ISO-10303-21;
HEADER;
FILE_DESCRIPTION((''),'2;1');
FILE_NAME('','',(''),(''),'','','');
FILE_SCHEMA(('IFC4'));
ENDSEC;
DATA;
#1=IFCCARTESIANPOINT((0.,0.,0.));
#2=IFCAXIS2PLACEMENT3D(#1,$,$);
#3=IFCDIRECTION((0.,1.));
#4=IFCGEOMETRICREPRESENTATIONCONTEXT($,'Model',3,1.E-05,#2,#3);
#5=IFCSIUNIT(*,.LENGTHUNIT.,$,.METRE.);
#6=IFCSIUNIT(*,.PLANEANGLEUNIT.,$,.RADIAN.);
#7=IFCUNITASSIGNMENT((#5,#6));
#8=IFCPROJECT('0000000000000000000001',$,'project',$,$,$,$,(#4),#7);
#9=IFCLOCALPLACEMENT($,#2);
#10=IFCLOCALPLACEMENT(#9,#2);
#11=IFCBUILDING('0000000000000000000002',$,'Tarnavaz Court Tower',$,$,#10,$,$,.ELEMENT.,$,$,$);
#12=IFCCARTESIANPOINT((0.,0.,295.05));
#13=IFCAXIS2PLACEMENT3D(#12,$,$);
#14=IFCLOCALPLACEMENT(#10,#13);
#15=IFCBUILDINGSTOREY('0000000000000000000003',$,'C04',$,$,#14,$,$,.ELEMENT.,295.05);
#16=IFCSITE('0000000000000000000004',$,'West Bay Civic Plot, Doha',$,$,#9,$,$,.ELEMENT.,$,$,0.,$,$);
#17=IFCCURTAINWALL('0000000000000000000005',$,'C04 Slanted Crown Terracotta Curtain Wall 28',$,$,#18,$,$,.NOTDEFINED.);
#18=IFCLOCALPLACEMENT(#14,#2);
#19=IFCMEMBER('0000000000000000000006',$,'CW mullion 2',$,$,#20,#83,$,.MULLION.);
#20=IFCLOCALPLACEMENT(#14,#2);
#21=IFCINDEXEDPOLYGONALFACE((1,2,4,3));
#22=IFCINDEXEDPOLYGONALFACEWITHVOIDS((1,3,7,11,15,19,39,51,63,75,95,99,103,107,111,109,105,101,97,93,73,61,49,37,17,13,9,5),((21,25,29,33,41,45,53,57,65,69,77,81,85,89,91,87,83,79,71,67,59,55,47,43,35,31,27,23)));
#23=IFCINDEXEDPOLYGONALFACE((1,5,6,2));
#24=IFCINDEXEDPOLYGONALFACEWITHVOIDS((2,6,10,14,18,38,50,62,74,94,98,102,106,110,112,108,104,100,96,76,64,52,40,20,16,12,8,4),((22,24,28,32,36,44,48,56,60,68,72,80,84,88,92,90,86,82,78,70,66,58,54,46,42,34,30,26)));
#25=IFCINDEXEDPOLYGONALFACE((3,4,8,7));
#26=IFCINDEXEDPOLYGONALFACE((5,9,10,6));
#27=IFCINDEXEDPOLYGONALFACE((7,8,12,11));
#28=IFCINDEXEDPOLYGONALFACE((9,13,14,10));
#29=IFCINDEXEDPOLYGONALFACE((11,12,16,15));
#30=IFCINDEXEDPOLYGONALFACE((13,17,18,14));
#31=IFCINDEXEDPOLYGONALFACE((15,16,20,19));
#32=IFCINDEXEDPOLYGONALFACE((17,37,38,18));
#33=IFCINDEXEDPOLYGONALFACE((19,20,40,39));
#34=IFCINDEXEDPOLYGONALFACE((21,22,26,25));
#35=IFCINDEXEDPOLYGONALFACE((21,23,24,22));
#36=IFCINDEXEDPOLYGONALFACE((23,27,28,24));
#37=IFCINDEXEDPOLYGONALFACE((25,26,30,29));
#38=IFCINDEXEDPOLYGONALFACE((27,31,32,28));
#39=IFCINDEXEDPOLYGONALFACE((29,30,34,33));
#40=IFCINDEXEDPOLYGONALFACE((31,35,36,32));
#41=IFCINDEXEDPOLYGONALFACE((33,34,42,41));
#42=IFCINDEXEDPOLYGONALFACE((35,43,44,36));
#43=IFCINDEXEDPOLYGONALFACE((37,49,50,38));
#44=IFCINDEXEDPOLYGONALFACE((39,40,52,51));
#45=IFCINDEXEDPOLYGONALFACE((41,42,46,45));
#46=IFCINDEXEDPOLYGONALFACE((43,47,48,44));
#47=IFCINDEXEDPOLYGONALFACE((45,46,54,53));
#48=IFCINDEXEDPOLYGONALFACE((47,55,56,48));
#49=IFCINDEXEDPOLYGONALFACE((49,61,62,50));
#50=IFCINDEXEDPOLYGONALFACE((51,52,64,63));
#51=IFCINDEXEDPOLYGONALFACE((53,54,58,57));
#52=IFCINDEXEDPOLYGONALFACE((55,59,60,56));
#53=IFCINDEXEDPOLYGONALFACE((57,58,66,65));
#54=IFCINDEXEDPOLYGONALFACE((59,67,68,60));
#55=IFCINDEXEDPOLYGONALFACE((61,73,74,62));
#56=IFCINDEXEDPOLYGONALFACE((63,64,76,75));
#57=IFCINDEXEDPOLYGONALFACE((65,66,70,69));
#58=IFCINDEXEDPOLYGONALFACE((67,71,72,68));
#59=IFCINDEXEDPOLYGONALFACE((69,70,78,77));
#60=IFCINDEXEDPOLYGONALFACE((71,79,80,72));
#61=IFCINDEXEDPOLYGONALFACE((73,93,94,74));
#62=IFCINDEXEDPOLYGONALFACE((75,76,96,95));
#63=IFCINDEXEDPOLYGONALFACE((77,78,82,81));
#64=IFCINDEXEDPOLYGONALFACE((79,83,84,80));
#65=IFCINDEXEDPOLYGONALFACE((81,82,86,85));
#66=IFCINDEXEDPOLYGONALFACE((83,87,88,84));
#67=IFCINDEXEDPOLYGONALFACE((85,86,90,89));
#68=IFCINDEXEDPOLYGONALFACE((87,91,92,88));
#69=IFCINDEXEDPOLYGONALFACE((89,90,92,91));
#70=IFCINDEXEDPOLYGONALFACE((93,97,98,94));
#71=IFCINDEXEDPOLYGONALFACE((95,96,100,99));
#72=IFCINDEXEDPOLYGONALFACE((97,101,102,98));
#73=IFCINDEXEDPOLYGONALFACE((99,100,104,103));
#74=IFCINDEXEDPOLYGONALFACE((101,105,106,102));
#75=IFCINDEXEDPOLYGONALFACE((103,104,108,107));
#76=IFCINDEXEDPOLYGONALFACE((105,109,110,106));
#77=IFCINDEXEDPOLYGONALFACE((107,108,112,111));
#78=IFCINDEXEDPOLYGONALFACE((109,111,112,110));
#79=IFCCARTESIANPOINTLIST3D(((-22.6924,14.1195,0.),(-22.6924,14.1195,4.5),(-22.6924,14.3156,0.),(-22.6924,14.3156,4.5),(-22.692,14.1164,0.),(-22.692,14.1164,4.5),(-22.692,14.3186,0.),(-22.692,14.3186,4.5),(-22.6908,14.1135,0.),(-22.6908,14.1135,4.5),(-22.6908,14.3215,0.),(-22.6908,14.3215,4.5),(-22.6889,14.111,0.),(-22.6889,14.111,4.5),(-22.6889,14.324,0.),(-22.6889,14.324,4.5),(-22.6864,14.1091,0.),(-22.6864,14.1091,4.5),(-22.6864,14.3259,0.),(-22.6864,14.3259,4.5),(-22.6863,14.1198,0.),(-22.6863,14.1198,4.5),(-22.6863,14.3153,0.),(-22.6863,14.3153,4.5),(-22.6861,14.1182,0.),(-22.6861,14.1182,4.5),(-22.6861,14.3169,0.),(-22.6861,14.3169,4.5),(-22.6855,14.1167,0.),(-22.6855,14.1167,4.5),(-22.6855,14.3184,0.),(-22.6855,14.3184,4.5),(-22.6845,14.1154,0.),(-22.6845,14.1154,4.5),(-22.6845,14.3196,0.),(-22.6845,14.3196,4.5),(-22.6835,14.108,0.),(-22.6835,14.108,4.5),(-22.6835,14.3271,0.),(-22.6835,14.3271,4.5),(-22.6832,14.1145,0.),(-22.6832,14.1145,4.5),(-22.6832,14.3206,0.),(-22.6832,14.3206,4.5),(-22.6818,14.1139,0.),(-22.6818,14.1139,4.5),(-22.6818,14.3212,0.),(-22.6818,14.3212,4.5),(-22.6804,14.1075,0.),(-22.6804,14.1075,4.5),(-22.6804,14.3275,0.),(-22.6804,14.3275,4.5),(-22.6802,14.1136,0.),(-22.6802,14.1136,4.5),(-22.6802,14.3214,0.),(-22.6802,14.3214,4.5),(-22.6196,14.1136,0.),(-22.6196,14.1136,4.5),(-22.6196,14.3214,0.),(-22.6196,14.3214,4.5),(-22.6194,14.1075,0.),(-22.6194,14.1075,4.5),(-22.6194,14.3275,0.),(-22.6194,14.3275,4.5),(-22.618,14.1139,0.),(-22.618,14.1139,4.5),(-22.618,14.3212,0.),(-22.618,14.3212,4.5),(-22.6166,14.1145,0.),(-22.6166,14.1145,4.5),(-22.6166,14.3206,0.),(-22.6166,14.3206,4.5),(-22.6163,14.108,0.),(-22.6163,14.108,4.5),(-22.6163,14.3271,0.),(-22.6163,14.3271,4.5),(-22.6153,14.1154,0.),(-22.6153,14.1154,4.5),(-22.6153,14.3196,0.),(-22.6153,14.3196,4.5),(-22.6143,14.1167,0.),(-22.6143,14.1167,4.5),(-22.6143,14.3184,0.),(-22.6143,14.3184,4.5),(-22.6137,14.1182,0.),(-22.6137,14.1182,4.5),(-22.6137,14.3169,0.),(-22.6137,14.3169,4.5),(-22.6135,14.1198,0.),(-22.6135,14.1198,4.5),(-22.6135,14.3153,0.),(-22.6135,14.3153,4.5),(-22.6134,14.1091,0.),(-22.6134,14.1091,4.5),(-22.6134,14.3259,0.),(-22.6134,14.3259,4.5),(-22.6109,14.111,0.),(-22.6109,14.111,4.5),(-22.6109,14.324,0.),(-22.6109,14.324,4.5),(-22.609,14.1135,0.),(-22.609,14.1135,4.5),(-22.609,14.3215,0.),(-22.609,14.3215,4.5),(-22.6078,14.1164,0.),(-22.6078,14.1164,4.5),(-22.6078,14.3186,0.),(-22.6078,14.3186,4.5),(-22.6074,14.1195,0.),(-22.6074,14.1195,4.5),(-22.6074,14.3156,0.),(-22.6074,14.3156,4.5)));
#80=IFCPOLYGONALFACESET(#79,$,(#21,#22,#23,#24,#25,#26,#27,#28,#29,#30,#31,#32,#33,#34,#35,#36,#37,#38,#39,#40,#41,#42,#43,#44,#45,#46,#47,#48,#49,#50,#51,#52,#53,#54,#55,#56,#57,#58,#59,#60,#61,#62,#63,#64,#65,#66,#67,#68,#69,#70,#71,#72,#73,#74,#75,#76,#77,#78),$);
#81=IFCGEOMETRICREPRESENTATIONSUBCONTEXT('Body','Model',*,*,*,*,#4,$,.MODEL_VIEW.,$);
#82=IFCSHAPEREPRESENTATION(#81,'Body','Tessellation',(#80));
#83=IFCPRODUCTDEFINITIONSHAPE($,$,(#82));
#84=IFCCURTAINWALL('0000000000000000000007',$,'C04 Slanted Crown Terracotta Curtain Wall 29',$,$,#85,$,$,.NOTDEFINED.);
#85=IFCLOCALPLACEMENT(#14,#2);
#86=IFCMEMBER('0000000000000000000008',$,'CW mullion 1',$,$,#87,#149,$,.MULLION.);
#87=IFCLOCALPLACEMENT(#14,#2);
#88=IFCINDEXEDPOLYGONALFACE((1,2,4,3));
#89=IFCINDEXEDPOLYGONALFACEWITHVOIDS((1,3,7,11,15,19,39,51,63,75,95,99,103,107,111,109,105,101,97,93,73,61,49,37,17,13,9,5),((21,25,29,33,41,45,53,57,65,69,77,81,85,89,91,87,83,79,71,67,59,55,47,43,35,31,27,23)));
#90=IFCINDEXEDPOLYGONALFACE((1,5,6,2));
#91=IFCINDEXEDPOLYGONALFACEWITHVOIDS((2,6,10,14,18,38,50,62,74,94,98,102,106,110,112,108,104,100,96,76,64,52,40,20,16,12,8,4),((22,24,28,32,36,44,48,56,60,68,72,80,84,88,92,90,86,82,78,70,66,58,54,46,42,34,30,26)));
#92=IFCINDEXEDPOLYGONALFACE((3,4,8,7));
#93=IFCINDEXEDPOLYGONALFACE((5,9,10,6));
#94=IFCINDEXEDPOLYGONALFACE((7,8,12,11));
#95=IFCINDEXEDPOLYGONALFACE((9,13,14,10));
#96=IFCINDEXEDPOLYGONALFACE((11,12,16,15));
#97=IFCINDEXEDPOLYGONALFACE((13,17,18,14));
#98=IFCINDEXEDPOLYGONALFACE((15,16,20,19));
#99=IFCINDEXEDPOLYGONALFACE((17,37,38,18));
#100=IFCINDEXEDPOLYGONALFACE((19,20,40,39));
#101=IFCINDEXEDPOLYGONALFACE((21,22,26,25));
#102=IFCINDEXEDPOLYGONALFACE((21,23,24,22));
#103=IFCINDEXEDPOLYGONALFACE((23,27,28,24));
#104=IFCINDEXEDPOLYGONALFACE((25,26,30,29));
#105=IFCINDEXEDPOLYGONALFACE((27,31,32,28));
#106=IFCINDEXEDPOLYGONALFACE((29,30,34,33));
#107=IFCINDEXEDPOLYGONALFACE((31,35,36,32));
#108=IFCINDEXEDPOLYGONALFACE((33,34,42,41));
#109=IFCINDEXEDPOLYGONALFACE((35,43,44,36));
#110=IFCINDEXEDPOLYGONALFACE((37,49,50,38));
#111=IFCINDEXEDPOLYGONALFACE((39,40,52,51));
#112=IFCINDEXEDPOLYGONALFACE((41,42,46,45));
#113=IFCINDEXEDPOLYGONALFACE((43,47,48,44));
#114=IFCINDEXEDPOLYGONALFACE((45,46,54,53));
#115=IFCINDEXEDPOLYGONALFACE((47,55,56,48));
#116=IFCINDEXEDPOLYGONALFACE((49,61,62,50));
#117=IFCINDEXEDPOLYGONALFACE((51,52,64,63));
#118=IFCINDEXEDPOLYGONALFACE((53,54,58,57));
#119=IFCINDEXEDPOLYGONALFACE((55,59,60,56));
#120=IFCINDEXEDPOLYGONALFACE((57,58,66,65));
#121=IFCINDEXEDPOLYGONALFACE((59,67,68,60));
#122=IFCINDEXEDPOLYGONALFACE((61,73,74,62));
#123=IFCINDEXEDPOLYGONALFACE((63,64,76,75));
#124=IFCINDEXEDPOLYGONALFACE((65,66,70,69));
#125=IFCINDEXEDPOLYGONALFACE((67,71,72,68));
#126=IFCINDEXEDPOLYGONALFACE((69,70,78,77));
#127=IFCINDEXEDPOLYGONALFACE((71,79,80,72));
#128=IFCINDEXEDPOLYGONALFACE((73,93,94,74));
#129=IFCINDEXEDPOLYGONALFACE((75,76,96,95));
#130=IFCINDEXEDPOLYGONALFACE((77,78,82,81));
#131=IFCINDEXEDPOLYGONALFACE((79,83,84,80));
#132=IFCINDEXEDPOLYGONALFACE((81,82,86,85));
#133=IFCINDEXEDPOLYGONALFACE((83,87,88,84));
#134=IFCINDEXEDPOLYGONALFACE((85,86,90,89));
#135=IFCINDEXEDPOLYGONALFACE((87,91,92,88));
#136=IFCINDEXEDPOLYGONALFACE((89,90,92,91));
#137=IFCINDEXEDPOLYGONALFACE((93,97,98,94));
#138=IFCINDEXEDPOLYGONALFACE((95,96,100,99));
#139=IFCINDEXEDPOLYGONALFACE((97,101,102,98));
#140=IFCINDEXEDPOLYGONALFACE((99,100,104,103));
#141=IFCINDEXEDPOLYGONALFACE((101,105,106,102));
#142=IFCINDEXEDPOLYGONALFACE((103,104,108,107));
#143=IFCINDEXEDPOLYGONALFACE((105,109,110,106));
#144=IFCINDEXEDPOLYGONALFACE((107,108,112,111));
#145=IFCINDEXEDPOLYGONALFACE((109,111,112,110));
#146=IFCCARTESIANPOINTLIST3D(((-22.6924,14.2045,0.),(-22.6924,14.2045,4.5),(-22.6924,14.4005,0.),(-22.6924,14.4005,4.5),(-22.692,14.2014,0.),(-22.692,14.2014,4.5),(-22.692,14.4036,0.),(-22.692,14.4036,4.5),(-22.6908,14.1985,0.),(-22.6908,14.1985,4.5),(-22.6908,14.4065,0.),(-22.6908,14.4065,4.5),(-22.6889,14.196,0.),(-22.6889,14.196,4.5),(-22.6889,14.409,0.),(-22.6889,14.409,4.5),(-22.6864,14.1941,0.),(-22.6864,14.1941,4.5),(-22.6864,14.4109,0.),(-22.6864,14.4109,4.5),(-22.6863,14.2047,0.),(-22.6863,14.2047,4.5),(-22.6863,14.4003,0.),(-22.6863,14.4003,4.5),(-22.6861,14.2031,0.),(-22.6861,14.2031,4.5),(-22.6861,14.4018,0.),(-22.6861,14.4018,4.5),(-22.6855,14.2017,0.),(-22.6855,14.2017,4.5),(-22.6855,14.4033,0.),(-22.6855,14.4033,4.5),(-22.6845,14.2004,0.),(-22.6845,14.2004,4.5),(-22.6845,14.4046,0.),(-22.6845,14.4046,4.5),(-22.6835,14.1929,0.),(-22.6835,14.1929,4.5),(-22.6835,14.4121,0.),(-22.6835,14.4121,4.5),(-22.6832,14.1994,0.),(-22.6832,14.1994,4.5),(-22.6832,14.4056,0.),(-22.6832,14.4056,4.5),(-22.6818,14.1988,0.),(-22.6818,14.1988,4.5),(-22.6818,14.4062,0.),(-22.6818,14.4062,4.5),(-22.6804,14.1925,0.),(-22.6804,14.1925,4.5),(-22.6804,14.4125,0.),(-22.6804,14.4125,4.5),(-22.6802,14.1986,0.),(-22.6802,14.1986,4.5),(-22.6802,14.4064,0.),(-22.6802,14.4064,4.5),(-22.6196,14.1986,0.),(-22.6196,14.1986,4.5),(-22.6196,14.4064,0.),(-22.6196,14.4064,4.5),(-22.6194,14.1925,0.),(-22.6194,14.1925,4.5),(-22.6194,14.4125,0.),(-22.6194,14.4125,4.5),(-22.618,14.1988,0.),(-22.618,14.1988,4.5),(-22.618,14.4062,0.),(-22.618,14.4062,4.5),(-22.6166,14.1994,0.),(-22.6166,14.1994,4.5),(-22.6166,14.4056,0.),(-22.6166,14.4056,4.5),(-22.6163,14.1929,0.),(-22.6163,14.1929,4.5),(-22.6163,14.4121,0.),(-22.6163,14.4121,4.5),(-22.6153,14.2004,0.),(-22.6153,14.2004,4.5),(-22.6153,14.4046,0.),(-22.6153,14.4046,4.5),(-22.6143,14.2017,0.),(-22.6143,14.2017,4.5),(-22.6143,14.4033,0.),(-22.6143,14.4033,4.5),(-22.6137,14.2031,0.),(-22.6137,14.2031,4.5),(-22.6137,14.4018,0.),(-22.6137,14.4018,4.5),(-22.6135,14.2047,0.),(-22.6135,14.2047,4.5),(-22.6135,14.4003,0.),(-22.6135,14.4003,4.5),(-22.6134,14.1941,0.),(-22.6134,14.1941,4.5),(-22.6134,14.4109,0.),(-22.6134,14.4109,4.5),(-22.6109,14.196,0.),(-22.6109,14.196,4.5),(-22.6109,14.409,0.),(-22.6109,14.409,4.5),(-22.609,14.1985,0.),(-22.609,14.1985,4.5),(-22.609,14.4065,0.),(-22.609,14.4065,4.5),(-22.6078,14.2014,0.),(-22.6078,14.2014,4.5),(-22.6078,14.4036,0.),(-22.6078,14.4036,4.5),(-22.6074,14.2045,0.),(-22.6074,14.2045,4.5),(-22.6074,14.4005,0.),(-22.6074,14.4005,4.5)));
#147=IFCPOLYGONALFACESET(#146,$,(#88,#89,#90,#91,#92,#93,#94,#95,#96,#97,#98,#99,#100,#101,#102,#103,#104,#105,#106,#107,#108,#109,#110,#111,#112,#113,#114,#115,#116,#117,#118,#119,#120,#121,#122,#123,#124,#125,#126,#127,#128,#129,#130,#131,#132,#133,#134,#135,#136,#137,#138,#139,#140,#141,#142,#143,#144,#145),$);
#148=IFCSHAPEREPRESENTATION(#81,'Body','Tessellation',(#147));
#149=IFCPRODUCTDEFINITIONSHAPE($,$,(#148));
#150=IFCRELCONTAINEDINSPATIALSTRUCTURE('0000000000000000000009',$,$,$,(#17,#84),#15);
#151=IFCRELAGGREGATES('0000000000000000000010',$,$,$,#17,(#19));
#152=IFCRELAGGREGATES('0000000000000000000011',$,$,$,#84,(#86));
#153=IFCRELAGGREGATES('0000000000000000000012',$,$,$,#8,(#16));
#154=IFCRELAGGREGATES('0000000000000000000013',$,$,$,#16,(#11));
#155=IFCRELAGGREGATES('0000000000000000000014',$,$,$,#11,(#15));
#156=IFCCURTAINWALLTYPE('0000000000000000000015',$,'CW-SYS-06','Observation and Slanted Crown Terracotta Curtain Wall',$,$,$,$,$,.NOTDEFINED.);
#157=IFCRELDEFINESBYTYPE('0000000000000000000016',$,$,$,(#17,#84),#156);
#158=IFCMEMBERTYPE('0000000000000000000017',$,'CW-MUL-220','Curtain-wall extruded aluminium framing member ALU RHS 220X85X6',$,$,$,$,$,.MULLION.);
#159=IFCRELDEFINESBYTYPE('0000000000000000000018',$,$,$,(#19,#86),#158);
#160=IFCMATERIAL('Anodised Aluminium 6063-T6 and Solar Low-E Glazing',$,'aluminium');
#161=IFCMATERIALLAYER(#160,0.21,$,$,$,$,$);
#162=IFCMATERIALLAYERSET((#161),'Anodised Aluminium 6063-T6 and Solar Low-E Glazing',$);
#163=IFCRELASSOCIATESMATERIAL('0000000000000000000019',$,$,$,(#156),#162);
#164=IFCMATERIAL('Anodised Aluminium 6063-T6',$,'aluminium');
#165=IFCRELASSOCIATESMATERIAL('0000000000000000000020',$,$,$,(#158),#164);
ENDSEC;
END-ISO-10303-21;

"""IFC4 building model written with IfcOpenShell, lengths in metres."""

from ifc_helpers import new_model, si_unit, direction, frame, origin, origin_2d, place, context, subcontext, project, spatial, hollow_rectangle, extrude, material, layer, layer_set, material_profile, profile_set, type_object, element, aggregate, save


model = new_model("IFC4")

# Units and contexts
model_context = context("Model", 3, precision=1e-05, world=origin(), true_north=direction((0.0, 1.0)))
body_context = subcontext(model_context, "Body", "Model", "MODEL_VIEW")
ifc_project = project(units=[si_unit("LENGTHUNIT", "METRE"), si_unit("PLANEANGLEUNIT", "RADIAN")], contexts=[model_context])

# Site, building, storey
site_placement = place(None, origin())
site = spatial("IfcSite", under=ifc_project, at=site_placement, Name="West Bay Civic Plot, Doha", CompositionType="ELEMENT", RefElevation=0.0)
building_placement = place(site_placement, origin())
building = spatial("IfcBuilding", under=site, at=building_placement, Name="Tarnavaz Court Tower", CompositionType="ELEMENT")
storey_placement = place(building_placement, frame((0.0, 0.0, 295.05)))
storey = spatial("IfcBuildingStorey", under=building, at=storey_placement, Name="C04", CompositionType="ELEMENT", Elevation=295.05)

# Shared definitions
ifc_material_1 = material(Name="Anodised Aluminium 6063-T6 and Solar Low-E Glazing", Category="aluminium")
ifc_layer_1 = layer(ifc_material_1, 0.21)
ifc_layer_set_1 = layer_set([ifc_layer_1], Name="Anodised Aluminium 6063-T6 and Solar Low-E Glazing")
curtain_wall_type = type_object("IfcCurtainWallType", Name="CW-SYS-06", Description="Observation and Slanted Crown Terracotta Curtain Wall", PredefinedType="NOTDEFINED", material=ifc_layer_set_1)
ifc_material_2 = material(Name="Anodised Aluminium 6063-T6", Category="aluminium")
ifc_material_profile_1 = material_profile(ifc_material_2, hollow_rectangle(XDim=0.085, YDim=0.22, WallThickness=0.0061, InnerFilletRadius=0.0061, OuterFilletRadius=0.012, at=origin_2d()), Name="ALU RHS 220X85X6")
ifc_profile_set_1 = profile_set([ifc_material_profile_1], Name="Anodised Aluminium 6063-T6")
member_type_1 = type_object("IfcMemberType", Name="CW-MUL-220", Description="Curtain-wall extruded aluminium framing member ALU RHS 220X85X6", PredefinedType="MULLION", material=ifc_profile_set_1)

# Curtain walls, members
curtain_wall_1_placement = place(storey_placement, origin())
curtain_wall_1 = element("IfcCurtainWall", 1, at=curtain_wall_1_placement, inside=storey, type_object=curtain_wall_type, Name="C04 Slanted Crown Terracotta Curtain Wall 28", PredefinedType="NOTDEFINED")
member_1_placement = place(storey_placement, frame((-22.6499, 14.2175, 0.0), z_axis=(0.0, 0.0, 1.0), x_axis=(-1.0, 0.0, 0.0)))
member_1 = element("IfcMember", 2, at=member_1_placement, type_object=member_type_1, Name="CW mullion 2", PredefinedType="MULLION", context=body_context, shape_type="SweptSolid", body=[
    extrude(hollow_rectangle(XDim=0.085, YDim=0.22, WallThickness=0.0061, InnerFilletRadius=0.0061, OuterFilletRadius=0.012, at=origin_2d()), origin(), (0.0, 0.0, 1.0), 4.5),
])
curtain_wall_2_placement = place(storey_placement, origin())
curtain_wall_2 = element("IfcCurtainWall", 3, at=curtain_wall_2_placement, inside=storey, type_object=curtain_wall_type, Name="C04 Slanted Crown Terracotta Curtain Wall 29", PredefinedType="NOTDEFINED")
member_2_placement = place(storey_placement, frame((-22.6499, 14.3025, 0.0), z_axis=(0.0, 0.0, 1.0), x_axis=(-1.0, 0.0, 0.0)))
member_2 = element("IfcMember", 4, at=member_2_placement, type_object=member_type_1, Name="CW mullion 1", PredefinedType="MULLION", context=body_context, shape_type="SweptSolid", body=[
    extrude(hollow_rectangle(XDim=0.085, YDim=0.22, WallThickness=0.0061, InnerFilletRadius=0.0061, OuterFilletRadius=0.012, at=origin_2d()), origin(), (0.0, 0.0, 1.0), 4.5),
])

aggregate(curtain_wall_1, [member_1])
aggregate(curtain_wall_2, [member_2])

save(model, "model.ifc")
